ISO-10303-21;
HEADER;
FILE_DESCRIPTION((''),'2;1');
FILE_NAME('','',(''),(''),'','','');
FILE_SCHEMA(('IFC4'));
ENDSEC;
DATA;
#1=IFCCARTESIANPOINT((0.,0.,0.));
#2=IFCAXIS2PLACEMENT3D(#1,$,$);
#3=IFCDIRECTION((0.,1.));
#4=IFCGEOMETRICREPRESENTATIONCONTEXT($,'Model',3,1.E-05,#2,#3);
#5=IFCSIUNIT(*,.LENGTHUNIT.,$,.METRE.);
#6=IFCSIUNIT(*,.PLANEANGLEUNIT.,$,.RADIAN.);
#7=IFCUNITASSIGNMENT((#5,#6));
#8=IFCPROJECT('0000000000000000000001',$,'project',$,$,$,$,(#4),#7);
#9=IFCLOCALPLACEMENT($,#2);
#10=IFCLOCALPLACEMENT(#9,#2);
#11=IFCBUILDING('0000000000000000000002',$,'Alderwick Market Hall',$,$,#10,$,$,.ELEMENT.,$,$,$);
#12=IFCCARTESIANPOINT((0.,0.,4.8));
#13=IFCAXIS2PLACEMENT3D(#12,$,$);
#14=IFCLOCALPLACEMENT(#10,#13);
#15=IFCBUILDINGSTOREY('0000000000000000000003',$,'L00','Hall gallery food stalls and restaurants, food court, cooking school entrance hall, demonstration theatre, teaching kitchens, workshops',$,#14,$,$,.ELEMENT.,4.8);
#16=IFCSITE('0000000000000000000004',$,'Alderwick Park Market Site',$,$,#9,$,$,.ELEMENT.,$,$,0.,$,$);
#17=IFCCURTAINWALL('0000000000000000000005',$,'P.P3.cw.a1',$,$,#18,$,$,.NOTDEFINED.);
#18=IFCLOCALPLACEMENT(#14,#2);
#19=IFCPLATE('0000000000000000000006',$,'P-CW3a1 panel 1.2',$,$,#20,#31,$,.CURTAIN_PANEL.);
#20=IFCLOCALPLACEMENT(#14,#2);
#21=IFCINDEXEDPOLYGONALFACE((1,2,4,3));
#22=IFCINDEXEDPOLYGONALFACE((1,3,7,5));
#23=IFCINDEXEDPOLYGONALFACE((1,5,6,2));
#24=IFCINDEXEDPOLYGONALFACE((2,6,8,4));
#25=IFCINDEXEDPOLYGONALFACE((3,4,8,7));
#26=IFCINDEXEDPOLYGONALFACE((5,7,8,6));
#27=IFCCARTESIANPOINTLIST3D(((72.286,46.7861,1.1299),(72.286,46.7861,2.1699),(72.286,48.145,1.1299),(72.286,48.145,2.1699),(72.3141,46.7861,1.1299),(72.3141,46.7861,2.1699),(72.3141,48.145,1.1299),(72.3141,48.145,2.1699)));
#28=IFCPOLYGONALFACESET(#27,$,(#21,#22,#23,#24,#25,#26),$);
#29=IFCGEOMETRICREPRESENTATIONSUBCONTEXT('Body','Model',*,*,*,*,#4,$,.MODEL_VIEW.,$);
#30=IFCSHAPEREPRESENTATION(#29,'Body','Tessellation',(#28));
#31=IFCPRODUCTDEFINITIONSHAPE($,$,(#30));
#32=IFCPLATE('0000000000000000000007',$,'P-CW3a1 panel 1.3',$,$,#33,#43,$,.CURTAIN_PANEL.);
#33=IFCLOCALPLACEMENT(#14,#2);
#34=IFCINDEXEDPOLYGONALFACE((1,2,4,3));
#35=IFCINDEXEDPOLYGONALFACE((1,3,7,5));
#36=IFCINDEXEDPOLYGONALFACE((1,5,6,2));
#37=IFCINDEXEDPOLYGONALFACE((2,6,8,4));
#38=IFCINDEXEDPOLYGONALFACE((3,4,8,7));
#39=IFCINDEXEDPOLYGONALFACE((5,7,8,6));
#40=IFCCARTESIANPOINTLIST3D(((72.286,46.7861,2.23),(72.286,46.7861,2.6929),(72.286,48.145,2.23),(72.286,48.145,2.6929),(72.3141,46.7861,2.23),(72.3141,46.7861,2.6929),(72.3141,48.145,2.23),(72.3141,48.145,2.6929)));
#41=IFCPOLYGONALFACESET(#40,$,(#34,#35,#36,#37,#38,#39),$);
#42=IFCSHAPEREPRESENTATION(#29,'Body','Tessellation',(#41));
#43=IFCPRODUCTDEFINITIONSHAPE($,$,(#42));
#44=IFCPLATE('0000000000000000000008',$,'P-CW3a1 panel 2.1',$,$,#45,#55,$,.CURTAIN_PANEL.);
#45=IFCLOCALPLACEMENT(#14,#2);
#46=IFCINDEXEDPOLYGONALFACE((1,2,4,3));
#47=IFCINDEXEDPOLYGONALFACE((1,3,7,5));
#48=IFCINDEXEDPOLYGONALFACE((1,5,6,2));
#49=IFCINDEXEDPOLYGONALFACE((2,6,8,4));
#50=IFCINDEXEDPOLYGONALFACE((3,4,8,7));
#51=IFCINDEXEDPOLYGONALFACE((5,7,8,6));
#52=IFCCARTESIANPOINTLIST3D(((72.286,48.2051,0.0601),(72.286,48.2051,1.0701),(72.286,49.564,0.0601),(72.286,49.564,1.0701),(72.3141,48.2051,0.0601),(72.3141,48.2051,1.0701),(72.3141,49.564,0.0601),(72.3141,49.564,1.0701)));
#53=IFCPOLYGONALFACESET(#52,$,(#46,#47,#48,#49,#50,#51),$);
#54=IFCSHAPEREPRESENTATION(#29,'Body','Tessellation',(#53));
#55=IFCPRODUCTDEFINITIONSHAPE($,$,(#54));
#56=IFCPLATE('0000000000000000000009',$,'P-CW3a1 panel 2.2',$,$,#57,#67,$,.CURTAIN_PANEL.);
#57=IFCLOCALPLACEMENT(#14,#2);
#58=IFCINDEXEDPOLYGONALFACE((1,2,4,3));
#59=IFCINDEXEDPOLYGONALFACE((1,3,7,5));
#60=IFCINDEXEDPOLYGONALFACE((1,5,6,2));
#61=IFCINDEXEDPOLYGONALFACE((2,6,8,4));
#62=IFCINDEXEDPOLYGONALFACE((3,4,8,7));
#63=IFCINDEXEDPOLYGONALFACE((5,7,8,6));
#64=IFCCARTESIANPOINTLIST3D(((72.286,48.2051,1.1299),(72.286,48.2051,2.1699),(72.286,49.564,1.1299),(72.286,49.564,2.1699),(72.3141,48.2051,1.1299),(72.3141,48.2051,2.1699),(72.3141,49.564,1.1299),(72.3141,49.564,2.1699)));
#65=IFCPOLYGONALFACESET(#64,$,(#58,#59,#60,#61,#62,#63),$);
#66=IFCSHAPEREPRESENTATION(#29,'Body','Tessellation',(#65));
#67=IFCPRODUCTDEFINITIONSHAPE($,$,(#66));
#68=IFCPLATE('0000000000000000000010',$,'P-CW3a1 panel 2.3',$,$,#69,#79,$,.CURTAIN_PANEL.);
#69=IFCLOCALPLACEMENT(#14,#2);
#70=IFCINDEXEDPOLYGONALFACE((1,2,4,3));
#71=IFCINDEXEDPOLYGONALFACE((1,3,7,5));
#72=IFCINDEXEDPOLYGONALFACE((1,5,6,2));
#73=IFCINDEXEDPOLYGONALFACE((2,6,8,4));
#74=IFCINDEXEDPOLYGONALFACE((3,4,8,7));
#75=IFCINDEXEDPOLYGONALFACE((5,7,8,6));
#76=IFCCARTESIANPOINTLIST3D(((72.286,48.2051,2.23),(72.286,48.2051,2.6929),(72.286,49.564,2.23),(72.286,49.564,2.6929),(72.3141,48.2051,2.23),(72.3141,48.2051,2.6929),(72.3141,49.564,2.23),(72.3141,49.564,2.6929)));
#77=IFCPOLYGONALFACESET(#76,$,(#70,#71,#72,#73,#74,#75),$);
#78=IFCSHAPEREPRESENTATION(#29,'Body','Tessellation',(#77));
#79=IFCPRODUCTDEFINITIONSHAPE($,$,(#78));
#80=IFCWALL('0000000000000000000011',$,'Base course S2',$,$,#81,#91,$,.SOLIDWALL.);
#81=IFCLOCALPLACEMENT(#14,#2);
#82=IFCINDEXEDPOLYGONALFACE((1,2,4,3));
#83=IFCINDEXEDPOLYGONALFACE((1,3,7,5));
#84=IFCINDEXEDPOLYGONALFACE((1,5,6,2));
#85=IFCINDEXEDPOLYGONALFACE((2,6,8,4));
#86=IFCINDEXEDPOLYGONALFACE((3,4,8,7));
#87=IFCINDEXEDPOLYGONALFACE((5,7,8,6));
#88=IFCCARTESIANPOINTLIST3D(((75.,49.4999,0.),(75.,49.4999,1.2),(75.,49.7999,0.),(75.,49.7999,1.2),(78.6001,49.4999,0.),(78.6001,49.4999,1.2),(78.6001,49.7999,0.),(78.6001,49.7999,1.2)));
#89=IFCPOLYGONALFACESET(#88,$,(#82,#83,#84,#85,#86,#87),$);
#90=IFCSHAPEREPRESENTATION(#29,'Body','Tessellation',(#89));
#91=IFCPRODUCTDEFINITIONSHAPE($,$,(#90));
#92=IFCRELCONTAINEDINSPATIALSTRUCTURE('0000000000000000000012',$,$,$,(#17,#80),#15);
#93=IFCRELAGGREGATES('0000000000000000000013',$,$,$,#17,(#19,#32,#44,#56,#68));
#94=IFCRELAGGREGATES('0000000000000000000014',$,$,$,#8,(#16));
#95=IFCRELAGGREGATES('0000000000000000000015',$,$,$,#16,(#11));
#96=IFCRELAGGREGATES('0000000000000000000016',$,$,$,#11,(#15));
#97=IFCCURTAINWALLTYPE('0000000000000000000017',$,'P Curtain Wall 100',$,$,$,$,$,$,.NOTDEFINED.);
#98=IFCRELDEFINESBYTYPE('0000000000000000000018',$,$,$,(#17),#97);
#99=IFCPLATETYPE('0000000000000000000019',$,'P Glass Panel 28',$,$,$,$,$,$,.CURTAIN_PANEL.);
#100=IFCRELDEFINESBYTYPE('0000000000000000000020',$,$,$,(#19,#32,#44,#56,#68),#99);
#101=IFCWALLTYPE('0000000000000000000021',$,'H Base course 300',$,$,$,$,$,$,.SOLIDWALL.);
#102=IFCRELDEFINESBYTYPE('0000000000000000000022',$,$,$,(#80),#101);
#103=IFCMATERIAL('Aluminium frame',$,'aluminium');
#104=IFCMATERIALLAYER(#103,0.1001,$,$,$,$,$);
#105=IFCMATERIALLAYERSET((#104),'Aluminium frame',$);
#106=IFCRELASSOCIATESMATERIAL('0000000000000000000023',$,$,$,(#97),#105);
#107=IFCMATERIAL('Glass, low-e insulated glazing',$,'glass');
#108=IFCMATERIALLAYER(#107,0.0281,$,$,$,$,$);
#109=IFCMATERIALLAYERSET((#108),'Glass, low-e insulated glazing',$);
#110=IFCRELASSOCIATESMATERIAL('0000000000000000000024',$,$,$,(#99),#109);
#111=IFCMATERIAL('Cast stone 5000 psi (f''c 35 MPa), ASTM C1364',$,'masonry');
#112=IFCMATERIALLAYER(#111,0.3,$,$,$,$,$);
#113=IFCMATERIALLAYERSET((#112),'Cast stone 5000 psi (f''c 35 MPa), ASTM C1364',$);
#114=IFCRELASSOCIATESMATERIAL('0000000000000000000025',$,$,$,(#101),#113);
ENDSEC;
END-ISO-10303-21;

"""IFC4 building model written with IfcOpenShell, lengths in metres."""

from ifc_helpers import new_model, si_unit, direction, frame, frame_2d, origin, origin_2d, place, context, subcontext, project, spatial, rectangle, extrude, material, layer, layer_set, type_object, element, aggregate, save


model = new_model("IFC4")

# Units and contexts
model_context = context("Model", 3, precision=1e-05, world=origin(), true_north=direction((0.0, 1.0)))
body_context = subcontext(model_context, "Body", "Model", "MODEL_VIEW")
ifc_project = project(units=[si_unit("LENGTHUNIT", "METRE"), si_unit("PLANEANGLEUNIT", "RADIAN")], contexts=[model_context])

# Site, building, storey
site_placement = place(None, origin())
site = spatial("IfcSite", under=ifc_project, at=site_placement, Name="Alderwick Park Market Site", CompositionType="ELEMENT", RefElevation=0.0)
building_placement = place(site_placement, origin())
building = spatial("IfcBuilding", under=site, at=building_placement, Name="Alderwick Market Hall", CompositionType="ELEMENT")
storey_placement = place(building_placement, frame((0.0, 0.0, 4.8)))
storey = spatial("IfcBuildingStorey", under=building, at=storey_placement, Name="L00", Description="Hall gallery food stalls and restaurants, food court, cooking school entrance hall, demonstration theatre, teaching kitchens, workshops", CompositionType="ELEMENT", Elevation=4.8)

# Curtain wall, plates
ifc_material_1 = material(Name="Aluminium frame", Category="aluminium")
ifc_layer_1 = layer(ifc_material_1, 0.1001)
ifc_layer_set_1 = layer_set([ifc_layer_1], Name="Aluminium frame")
curtain_wall_type = type_object("IfcCurtainWallType", Name="P Curtain Wall 100", PredefinedType="NOTDEFINED", material=ifc_layer_set_1)
curtain_wall_placement = place(storey_placement, origin())
curtain_wall = element("IfcCurtainWall", 1, at=curtain_wall_placement, inside=storey, type_object=curtain_wall_type, Name="P.P3.cw.a1", PredefinedType="NOTDEFINED")
ifc_material_2 = material(Name="Glass, low-e insulated glazing", Category="glass")
ifc_layer_2 = layer(ifc_material_2, 0.0281)
ifc_layer_set_2 = layer_set([ifc_layer_2], Name="Glass, low-e insulated glazing")
plate_type = type_object("IfcPlateType", Name="P Glass Panel 28", PredefinedType="CURTAIN_PANEL", material=ifc_layer_set_2)
plate_1_placement = place(storey_placement, frame((72.3, 47.4656, 1.1299), z_axis=(0.0, 0.0, 1.0), x_axis=(0.0, 1.0, 0.0)))
plate_1 = element("IfcPlate", 2, at=plate_1_placement, type_object=plate_type, Name="P-CW3a1 panel 1.2", PredefinedType="CURTAIN_PANEL", context=body_context, shape_type="SweptSolid", body=[
    extrude(rectangle(XDim=1.3589, YDim=0.0281, at=origin_2d()), origin(), (0.0, 0.0, 1.0), 1.04),
])
plate_2_placement = place(storey_placement, frame((72.3, 47.4656, 2.23), z_axis=(0.0, 0.0, 1.0), x_axis=(0.0, 1.0, 0.0)))
plate_2 = element("IfcPlate", 3, at=plate_2_placement, type_object=plate_type, Name="P-CW3a1 panel 1.3", PredefinedType="CURTAIN_PANEL", context=body_context, shape_type="SweptSolid", body=[
    extrude(rectangle(XDim=1.3589, YDim=0.0281, at=origin_2d()), origin(), (0.0, 0.0, 1.0), 0.4629),
])
plate_3_placement = place(storey_placement, frame((72.3, 48.8845, 0.0601), z_axis=(0.0, 0.0, 1.0), x_axis=(0.0, 1.0, 0.0)))
plate_3 = element("IfcPlate", 4, at=plate_3_placement, type_object=plate_type, Name="P-CW3a1 panel 2.1", PredefinedType="CURTAIN_PANEL", context=body_context, shape_type="SweptSolid", body=[
    extrude(rectangle(XDim=1.3589, YDim=0.0281, at=origin_2d()), origin(), (0.0, 0.0, 1.0), 1.01),
])
plate_4_placement = place(storey_placement, frame((72.3, 48.8845, 1.1299), z_axis=(0.0, 0.0, 1.0), x_axis=(0.0, 1.0, 0.0)))
plate_4 = element("IfcPlate", 5, at=plate_4_placement, type_object=plate_type, Name="P-CW3a1 panel 2.2", PredefinedType="CURTAIN_PANEL", context=body_context, shape_type="SweptSolid", body=[
    extrude(rectangle(XDim=1.3589, YDim=0.0281, at=origin_2d()), origin(), (0.0, 0.0, 1.0), 1.04),
])
plate_5_placement = place(storey_placement, frame((72.3, 48.8845, 2.23), z_axis=(0.0, 0.0, 1.0), x_axis=(0.0, 1.0, 0.0)))
plate_5 = element("IfcPlate", 6, at=plate_5_placement, type_object=plate_type, Name="P-CW3a1 panel 2.3", PredefinedType="CURTAIN_PANEL", context=body_context, shape_type="SweptSolid", body=[
    extrude(rectangle(XDim=1.3589, YDim=0.0281, at=origin_2d()), origin(), (0.0, 0.0, 1.0), 0.4629),
])
aggregate(curtain_wall, [plate_1, plate_2, plate_3, plate_4, plate_5])

# Wall
ifc_material_3 = material(Name="Cast stone 5000 psi (f'c 35 MPa), ASTM C1364", Category="masonry")
ifc_layer_3 = layer(ifc_material_3, 0.3)
ifc_layer_set_3 = layer_set([ifc_layer_3], Name="Cast stone 5000 psi (f'c 35 MPa), ASTM C1364")
wall_type = type_object("IfcWallType", Name="H Base course 300", PredefinedType="SOLIDWALL", material=ifc_layer_set_3)
wall_placement = place(storey_placement, frame((75.0, 49.6499, 0.0), z_axis=(0.0, 0.0, 1.0), x_axis=(1.0, 0.0, 0.0)))
element("IfcWall", 7, at=wall_placement, inside=storey, type_object=wall_type, Name="Base course S2", PredefinedType="SOLIDWALL", context=body_context, shape_type="SweptSolid", body=[
    extrude(rectangle(XDim=3.6001, YDim=0.3, at=frame_2d((1.8, 0.0))), origin(), (0.0, 0.0, 1.0), 1.2),
])

save(model, "model.ifc")
